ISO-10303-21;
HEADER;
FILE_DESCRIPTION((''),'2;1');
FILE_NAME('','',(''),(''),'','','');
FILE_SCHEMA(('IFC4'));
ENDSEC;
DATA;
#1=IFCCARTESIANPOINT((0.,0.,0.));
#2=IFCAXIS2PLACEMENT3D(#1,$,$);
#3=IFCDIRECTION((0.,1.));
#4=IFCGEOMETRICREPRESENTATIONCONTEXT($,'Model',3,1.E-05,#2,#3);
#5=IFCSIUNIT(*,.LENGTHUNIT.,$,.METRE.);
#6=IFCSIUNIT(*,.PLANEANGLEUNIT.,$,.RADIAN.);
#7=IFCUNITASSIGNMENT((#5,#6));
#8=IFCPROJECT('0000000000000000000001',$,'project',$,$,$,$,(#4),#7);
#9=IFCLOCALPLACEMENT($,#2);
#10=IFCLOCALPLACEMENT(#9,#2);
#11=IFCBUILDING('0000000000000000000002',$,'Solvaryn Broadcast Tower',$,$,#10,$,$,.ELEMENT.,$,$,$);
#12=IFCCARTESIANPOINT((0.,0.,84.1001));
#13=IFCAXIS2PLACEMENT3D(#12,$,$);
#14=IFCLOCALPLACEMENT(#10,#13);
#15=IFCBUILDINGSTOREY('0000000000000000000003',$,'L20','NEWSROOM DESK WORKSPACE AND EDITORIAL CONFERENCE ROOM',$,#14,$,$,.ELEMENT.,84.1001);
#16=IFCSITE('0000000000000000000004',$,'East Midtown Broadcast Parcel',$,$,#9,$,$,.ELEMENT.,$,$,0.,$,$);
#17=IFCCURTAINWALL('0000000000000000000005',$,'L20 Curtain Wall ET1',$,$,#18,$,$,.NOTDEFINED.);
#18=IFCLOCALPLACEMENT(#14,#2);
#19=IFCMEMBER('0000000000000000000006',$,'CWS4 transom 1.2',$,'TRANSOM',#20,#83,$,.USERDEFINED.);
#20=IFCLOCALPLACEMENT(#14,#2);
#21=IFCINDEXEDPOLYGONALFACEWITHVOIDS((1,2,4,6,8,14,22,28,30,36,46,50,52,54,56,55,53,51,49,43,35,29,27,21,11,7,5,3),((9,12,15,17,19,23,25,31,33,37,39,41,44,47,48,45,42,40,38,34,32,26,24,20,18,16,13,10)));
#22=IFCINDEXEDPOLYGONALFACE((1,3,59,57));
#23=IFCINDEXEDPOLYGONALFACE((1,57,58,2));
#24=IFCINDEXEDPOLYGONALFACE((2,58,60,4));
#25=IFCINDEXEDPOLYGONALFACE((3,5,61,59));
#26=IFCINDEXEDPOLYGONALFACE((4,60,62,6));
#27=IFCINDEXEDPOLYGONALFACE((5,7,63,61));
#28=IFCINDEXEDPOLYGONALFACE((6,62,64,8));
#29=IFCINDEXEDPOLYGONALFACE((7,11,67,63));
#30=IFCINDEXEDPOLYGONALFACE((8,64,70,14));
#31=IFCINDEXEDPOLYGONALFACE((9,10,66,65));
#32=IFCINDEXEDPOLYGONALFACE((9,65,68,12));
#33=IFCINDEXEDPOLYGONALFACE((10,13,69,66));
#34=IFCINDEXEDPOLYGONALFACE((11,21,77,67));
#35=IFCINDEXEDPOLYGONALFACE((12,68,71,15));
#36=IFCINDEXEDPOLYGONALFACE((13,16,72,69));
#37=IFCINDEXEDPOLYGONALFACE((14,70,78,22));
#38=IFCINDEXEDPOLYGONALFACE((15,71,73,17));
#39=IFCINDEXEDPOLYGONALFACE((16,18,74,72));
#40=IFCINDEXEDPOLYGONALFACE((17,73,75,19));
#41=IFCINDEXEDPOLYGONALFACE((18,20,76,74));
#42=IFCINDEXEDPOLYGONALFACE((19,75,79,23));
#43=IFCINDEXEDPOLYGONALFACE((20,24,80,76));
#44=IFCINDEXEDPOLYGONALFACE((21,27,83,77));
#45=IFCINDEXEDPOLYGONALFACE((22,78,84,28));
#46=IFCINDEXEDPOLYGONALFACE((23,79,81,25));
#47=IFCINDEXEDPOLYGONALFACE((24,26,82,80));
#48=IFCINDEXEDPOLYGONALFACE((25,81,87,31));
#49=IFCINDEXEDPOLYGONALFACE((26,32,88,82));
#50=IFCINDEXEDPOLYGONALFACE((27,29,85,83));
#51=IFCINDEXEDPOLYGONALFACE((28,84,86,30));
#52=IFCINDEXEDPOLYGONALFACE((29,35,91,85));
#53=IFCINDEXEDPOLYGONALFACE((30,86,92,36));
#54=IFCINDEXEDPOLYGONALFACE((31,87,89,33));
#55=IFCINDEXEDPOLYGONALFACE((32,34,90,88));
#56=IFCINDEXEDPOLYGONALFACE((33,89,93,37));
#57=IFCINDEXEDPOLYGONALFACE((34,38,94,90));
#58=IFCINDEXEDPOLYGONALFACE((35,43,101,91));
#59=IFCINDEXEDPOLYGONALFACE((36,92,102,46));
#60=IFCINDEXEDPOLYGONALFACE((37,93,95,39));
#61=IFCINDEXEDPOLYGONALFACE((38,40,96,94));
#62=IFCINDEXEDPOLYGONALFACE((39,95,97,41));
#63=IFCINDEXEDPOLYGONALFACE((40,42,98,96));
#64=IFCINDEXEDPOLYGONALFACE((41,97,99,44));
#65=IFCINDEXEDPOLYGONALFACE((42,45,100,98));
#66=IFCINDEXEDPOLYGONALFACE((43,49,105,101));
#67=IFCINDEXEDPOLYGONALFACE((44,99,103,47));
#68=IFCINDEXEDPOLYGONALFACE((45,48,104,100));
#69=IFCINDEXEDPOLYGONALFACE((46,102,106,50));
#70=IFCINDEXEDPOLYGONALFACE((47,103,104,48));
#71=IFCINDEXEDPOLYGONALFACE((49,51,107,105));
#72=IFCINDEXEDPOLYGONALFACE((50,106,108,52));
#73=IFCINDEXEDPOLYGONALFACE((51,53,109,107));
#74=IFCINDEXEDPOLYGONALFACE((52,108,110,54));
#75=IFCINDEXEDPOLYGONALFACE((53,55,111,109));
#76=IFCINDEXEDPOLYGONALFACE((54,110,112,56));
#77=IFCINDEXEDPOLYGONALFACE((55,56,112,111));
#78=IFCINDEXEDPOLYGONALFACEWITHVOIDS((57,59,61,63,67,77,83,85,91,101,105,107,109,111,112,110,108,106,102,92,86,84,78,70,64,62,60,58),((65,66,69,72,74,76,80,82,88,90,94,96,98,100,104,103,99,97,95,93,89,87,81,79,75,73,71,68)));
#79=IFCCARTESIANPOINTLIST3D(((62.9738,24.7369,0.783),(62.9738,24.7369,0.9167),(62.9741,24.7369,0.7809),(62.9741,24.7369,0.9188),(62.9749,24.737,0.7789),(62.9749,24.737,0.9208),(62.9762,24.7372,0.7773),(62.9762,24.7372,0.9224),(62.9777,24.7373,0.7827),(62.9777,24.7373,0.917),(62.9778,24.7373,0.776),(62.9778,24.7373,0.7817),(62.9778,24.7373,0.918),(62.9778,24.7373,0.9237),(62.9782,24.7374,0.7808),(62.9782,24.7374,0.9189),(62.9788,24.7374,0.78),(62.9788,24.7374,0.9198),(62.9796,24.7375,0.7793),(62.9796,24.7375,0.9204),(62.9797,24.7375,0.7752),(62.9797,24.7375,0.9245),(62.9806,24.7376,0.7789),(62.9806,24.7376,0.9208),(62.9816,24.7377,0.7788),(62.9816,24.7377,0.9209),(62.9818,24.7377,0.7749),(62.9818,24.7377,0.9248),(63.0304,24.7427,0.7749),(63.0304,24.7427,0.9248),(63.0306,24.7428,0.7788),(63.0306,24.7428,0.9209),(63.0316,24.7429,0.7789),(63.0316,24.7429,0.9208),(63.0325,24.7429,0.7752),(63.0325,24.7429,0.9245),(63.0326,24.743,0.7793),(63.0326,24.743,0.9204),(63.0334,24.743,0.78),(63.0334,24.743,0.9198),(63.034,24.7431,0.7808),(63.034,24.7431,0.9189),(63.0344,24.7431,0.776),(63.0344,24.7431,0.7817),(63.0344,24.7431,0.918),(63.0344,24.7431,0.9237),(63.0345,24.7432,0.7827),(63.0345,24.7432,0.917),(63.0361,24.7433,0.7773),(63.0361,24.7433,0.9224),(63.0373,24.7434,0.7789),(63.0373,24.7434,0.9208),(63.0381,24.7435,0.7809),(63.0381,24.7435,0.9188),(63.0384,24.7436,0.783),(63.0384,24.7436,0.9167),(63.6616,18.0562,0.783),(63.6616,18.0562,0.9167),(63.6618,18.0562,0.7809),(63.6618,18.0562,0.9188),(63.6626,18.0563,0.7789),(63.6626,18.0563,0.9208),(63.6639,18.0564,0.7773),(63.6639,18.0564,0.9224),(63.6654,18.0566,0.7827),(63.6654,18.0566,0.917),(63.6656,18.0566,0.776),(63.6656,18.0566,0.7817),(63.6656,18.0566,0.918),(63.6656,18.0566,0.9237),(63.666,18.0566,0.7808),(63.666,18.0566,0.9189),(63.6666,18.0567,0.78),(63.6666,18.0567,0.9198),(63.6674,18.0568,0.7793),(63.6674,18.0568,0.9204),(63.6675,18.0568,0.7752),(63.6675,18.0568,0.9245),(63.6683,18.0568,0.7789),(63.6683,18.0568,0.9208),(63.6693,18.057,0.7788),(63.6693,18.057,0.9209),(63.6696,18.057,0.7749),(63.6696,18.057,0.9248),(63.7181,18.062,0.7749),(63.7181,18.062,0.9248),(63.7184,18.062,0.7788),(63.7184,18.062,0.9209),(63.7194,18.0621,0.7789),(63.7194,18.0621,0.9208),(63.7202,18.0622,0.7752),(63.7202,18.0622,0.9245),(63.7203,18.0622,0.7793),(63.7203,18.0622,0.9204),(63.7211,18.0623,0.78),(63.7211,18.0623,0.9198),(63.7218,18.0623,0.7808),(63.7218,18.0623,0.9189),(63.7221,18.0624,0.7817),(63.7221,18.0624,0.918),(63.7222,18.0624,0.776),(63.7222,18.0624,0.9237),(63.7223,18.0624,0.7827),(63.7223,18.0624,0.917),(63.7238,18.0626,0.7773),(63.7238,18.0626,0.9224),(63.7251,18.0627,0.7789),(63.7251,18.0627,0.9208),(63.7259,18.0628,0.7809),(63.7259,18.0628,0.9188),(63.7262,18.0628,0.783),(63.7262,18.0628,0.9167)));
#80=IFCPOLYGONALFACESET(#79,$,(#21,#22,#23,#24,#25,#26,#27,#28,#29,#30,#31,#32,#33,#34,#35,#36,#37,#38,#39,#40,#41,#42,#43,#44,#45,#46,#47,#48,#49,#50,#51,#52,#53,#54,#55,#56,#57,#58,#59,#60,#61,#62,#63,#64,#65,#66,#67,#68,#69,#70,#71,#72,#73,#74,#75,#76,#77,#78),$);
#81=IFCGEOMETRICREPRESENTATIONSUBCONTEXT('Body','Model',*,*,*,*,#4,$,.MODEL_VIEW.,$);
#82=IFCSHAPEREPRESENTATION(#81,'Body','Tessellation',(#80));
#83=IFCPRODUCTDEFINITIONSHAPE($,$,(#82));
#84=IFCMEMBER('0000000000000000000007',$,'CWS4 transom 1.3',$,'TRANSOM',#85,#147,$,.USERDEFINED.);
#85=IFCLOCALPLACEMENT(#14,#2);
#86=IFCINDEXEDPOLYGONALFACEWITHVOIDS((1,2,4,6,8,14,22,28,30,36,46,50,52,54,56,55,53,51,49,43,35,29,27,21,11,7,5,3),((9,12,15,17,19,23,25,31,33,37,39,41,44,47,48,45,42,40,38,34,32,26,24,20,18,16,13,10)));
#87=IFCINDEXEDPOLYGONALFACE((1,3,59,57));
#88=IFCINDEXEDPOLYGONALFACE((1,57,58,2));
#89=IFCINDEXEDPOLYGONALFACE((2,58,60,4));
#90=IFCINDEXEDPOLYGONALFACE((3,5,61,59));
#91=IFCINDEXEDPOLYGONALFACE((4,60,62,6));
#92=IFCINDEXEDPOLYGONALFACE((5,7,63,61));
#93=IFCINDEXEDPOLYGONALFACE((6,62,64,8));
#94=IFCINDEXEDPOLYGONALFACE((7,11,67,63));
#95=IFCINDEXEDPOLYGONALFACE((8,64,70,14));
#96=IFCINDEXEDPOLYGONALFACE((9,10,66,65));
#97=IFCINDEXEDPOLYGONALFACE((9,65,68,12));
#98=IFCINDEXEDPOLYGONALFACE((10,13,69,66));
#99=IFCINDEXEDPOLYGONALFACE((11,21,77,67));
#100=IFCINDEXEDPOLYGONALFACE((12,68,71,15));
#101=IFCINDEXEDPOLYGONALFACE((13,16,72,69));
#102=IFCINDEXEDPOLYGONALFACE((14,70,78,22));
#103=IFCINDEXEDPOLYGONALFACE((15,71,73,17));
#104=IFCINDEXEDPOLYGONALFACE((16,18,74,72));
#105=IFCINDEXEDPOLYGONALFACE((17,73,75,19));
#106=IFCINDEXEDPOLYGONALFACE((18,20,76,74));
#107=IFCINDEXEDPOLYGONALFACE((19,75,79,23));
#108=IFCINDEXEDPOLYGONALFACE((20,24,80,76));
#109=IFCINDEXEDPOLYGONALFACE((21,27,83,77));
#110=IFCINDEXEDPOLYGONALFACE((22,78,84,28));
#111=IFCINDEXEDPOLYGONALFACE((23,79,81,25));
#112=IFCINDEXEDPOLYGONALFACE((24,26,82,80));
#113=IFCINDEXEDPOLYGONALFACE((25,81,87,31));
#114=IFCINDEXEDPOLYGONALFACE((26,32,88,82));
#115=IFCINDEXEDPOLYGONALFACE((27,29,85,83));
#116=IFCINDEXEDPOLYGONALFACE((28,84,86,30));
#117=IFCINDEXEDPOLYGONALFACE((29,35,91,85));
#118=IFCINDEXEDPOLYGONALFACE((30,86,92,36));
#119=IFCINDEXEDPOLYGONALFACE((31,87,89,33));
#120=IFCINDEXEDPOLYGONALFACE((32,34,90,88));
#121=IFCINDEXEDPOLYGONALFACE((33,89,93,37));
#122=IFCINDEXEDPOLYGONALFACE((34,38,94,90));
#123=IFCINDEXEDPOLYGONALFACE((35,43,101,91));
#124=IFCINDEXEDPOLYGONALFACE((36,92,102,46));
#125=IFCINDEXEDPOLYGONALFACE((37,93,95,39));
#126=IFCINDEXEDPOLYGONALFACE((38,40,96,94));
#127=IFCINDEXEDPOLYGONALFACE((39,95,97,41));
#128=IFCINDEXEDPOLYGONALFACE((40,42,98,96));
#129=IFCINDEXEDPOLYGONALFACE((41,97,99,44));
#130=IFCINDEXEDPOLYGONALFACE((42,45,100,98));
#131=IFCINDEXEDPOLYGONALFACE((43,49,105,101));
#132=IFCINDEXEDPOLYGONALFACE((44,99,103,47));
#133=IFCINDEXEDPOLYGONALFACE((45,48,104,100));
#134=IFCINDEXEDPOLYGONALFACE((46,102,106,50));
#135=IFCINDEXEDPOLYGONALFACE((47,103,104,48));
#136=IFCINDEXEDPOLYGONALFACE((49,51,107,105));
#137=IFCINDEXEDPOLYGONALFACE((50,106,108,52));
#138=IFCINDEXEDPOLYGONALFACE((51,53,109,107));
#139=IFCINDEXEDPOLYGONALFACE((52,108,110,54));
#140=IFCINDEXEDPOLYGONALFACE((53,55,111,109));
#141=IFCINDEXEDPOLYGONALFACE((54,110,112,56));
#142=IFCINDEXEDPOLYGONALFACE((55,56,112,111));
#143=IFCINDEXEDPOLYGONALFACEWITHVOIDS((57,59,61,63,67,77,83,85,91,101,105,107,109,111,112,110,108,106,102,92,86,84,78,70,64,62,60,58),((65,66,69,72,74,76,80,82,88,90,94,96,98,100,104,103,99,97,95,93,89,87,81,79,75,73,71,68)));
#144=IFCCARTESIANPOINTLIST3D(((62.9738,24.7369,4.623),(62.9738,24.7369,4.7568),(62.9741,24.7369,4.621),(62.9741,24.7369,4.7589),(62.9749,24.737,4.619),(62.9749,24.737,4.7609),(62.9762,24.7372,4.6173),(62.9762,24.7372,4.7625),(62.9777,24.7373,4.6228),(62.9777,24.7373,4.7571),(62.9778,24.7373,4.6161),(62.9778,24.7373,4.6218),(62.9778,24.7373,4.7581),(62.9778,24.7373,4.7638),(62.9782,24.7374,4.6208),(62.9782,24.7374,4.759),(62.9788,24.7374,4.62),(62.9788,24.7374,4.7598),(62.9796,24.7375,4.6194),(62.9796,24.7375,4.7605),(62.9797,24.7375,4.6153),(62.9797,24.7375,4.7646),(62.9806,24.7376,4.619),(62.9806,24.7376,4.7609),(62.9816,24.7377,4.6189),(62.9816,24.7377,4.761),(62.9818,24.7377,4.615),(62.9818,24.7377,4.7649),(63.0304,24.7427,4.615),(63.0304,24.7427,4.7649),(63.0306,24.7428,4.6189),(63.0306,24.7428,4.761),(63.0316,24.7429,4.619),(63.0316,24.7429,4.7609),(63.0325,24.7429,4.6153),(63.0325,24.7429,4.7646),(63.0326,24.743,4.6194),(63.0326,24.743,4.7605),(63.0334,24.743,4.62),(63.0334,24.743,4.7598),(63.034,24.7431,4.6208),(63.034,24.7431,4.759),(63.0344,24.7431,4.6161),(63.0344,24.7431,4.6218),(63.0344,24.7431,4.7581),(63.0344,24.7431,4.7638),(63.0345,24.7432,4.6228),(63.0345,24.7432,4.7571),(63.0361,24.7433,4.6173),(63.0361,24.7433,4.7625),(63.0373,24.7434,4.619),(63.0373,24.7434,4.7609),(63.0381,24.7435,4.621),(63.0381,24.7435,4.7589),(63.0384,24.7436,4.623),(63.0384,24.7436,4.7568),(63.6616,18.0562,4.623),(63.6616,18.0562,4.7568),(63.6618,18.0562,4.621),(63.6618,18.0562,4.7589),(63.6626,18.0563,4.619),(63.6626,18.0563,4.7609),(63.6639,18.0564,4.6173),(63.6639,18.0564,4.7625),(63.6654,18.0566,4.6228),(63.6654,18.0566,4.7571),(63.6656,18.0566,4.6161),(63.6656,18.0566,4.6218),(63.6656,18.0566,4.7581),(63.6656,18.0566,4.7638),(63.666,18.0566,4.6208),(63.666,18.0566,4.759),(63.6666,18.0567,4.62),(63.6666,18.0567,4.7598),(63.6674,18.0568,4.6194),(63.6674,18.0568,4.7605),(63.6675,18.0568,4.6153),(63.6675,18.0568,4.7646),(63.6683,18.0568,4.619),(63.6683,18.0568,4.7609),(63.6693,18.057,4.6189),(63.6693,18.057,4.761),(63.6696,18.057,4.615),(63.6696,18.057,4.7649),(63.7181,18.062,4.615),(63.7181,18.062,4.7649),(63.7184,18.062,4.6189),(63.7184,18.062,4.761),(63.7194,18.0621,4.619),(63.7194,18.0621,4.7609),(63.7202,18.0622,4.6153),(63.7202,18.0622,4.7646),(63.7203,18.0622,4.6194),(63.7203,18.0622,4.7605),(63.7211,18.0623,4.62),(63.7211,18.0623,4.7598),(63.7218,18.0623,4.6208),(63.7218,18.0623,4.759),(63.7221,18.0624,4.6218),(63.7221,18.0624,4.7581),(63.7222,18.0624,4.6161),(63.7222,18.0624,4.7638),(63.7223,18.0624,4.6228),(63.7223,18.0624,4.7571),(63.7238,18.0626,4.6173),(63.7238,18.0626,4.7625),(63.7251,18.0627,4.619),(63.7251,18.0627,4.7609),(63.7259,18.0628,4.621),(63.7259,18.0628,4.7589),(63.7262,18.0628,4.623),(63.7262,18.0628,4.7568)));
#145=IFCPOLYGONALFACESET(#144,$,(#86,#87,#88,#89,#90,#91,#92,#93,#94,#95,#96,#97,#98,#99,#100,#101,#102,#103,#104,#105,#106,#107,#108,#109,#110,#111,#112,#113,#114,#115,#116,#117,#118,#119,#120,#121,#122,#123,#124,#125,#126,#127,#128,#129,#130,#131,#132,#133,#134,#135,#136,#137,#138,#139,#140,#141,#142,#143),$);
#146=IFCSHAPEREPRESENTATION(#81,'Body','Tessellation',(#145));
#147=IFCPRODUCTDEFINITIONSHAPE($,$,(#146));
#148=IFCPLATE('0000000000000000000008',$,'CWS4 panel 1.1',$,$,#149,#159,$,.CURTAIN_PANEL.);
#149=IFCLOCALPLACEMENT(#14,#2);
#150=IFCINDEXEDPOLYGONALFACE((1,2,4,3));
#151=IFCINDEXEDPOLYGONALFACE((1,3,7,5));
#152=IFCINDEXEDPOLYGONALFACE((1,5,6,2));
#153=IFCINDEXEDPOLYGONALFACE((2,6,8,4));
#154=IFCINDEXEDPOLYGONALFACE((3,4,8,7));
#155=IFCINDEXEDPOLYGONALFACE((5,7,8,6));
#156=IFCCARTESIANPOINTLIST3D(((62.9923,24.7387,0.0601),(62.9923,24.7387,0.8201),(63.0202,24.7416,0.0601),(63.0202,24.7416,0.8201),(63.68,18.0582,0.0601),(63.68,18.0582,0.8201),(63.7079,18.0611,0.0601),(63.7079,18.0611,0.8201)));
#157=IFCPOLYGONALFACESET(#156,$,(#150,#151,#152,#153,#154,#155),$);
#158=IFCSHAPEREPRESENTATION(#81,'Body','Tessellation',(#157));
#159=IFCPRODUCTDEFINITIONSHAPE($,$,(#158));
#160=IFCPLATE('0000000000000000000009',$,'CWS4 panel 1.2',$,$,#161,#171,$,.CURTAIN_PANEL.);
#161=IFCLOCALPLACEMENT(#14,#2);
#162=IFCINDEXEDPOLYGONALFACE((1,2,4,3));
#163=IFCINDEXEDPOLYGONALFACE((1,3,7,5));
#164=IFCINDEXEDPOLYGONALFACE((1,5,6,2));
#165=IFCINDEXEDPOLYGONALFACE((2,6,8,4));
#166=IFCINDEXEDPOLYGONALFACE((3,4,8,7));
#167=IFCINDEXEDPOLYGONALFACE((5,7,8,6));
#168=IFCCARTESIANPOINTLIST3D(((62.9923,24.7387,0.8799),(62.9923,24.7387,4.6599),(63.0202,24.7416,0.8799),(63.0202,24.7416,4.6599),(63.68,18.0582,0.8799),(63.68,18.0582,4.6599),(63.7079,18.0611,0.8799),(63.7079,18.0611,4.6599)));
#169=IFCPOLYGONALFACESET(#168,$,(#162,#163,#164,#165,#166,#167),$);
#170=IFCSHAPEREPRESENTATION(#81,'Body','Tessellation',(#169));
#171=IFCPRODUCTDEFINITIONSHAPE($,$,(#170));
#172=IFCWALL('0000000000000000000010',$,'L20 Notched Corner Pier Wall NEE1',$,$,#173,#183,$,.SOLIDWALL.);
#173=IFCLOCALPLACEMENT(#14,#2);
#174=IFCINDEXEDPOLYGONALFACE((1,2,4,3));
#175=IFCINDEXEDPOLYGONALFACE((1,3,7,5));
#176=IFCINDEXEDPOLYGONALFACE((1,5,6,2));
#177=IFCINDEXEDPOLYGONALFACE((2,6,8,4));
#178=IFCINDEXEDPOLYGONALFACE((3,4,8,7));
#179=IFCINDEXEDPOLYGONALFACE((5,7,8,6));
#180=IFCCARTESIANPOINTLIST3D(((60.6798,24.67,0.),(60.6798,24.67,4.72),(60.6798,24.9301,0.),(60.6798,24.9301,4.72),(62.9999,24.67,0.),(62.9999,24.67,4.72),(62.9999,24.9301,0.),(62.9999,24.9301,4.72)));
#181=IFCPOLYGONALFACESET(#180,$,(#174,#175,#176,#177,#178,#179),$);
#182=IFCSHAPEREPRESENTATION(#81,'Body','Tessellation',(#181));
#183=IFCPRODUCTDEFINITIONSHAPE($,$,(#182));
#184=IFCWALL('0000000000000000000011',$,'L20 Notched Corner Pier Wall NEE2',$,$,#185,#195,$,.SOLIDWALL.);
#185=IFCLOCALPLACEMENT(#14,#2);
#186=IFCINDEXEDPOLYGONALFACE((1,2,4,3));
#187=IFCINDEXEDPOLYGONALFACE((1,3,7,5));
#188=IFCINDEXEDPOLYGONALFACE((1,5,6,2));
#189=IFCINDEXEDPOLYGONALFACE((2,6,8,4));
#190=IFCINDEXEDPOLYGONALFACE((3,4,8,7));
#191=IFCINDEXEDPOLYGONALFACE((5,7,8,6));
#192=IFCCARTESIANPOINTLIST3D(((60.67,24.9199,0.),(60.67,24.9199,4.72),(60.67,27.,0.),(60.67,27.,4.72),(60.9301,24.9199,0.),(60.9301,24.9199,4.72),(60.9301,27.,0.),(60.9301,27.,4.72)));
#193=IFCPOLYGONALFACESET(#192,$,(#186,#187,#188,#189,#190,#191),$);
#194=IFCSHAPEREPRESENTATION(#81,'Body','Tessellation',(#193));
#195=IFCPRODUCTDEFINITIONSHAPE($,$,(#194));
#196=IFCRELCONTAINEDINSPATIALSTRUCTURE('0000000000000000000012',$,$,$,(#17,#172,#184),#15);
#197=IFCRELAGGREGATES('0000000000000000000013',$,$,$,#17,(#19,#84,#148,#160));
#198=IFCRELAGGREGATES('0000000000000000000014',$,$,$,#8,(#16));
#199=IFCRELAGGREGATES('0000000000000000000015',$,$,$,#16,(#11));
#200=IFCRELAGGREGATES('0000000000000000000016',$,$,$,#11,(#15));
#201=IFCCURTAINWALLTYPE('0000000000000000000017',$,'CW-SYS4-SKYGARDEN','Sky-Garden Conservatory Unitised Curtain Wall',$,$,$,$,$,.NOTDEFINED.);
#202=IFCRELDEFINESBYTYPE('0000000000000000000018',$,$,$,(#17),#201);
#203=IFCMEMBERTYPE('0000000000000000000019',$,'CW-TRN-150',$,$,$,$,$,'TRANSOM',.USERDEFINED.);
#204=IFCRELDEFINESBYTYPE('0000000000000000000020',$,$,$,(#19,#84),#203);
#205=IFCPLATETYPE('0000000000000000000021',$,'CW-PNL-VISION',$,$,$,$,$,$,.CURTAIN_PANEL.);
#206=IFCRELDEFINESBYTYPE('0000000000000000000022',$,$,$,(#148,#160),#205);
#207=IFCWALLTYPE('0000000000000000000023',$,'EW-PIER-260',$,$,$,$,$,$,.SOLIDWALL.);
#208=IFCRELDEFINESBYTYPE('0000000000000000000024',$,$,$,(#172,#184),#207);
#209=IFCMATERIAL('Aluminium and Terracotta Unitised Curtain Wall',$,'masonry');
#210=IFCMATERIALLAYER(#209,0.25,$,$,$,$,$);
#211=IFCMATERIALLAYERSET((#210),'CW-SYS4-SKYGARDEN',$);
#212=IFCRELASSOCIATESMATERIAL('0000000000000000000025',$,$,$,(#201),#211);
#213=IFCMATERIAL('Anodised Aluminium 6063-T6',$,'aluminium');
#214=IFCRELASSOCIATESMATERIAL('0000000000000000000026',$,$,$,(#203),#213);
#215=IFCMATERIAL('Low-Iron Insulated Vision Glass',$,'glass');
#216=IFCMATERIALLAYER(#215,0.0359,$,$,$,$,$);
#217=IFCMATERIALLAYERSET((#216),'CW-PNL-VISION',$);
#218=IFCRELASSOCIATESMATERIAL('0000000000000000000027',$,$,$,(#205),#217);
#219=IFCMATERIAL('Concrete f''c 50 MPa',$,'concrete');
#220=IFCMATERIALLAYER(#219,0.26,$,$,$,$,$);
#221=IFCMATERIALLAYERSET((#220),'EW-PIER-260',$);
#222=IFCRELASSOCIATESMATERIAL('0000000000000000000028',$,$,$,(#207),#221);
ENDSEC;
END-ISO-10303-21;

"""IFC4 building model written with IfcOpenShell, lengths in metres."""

from ifc_helpers import new_model, si_unit, direction, frame, frame_2d, origin, origin_2d, place, context, subcontext, project, spatial, rectangle, hollow_rectangle, extrude, material, layer, layer_set, material_profile, profile_set, type_object, element, aggregate, save


model = new_model("IFC4")

# Units and contexts
model_context = context("Model", 3, precision=1e-05, world=origin(), true_north=direction((0.0, 1.0)))
body_context = subcontext(model_context, "Body", "Model", "MODEL_VIEW")
ifc_project = project(units=[si_unit("LENGTHUNIT", "METRE"), si_unit("PLANEANGLEUNIT", "RADIAN")], contexts=[model_context])

# Site, building, storey
site_placement = place(None, origin())
site = spatial("IfcSite", under=ifc_project, at=site_placement, Name="East Midtown Broadcast Parcel", CompositionType="ELEMENT", RefElevation=0.0)
building_placement = place(site_placement, origin())
building = spatial("IfcBuilding", under=site, at=building_placement, Name="Solvaryn Broadcast Tower", CompositionType="ELEMENT")
storey_placement = place(building_placement, frame((0.0, 0.0, 84.1001)))
storey = spatial("IfcBuildingStorey", under=building, at=storey_placement, Name="L20", Description="NEWSROOM DESK WORKSPACE AND EDITORIAL CONFERENCE ROOM", CompositionType="ELEMENT", Elevation=84.1001)

# Curtain wall, members, plates
ifc_material_1 = material(Name="Aluminium and Terracotta Unitised Curtain Wall", Category="masonry")
ifc_layer_1 = layer(ifc_material_1, 0.25)
ifc_layer_set_1 = layer_set([ifc_layer_1], Name="CW-SYS4-SKYGARDEN")
curtain_wall_type = type_object("IfcCurtainWallType", Name="CW-SYS4-SKYGARDEN", Description="Sky-Garden Conservatory Unitised Curtain Wall", PredefinedType="NOTDEFINED", material=ifc_layer_set_1)
curtain_wall_placement = place(storey_placement, origin())
curtain_wall = element("IfcCurtainWall", 1, at=curtain_wall_placement, inside=storey, type_object=curtain_wall_type, Name="L20 Curtain Wall ET1", PredefinedType="NOTDEFINED")
ifc_material_2 = material(Name="Anodised Aluminium 6063-T6", Category="aluminium")
ifc_material_profile_1 = material_profile(ifc_material_2, hollow_rectangle(XDim=0.0649, YDim=0.1499, WallThickness=0.0039, InnerFilletRadius=0.0039, OuterFilletRadius=0.0081, at=origin_2d()))
ifc_profile_set_1 = profile_set([ifc_material_profile_1], Name="Anodised Aluminium 6063-T6")
member_type_1 = type_object("IfcMemberType", Name="CW-TRN-150", ElementType="TRANSOM", PredefinedType="USERDEFINED", material=ifc_profile_set_1)
member_1_placement = place(storey_placement, frame((63.0061, 24.7402, 0.8499), z_axis=(0.102404, -0.994743, 0.0), x_axis=(0.994743, 0.102404, 0.0)))
member_1 = element("IfcMember", 2, at=member_1_placement, type_object=member_type_1, Name="CWS4 transom 1.2", ObjectType="TRANSOM", PredefinedType="USERDEFINED", context=body_context, shape_type="SweptSolid", body=[
    extrude(hollow_rectangle(XDim=0.0649, YDim=0.1499, WallThickness=0.0039, InnerFilletRadius=0.0039, OuterFilletRadius=0.0081, at=origin_2d()), origin(), (0.0, 0.0, 1.0), 6.7161),
])
member_2_placement = place(storey_placement, frame((63.0061, 24.7402, 4.6899), z_axis=(0.102404, -0.994743, 0.0), x_axis=(0.994743, 0.102404, 0.0)))
member_2 = element("IfcMember", 3, at=member_2_placement, type_object=member_type_1, Name="CWS4 transom 1.3", ObjectType="TRANSOM", PredefinedType="USERDEFINED", context=body_context, shape_type="SweptSolid", body=[
    extrude(hollow_rectangle(XDim=0.0649, YDim=0.1499, WallThickness=0.0039, InnerFilletRadius=0.0039, OuterFilletRadius=0.0081, at=origin_2d()), origin(), (0.0, 0.0, 1.0), 6.7161),
])
ifc_material_3 = material(Name="Low-Iron Insulated Vision Glass", Category="glass")
ifc_layer_2 = layer(ifc_material_3, 0.0359)
ifc_layer_set_2 = layer_set([ifc_layer_2], Name="CW-PNL-VISION")
plate_type = type_object("IfcPlateType", Name="CW-PNL-VISION", PredefinedType="CURTAIN_PANEL", material=ifc_layer_set_2)
plate_1_placement = place(storey_placement, frame((63.3501, 21.3999, 0.0601), z_axis=(0.0, 0.0, 1.0), x_axis=(0.1024, -0.994743, 0.0)))
plate_1 = element("IfcPlate", 4, at=plate_1_placement, type_object=plate_type, Name="CWS4 panel 1.1", PredefinedType="CURTAIN_PANEL", context=body_context, shape_type="SweptSolid", body=[
    extrude(rectangle(XDim=6.7158, YDim=0.0281, at=origin_2d()), origin(), (0.0, 0.0, 1.0), 0.76),
])
plate_2_placement = place(storey_placement, frame((63.3501, 21.3999, 0.8799), z_axis=(0.0, 0.0, 1.0), x_axis=(0.1024, -0.994743, 0.0)))
plate_2 = element("IfcPlate", 5, at=plate_2_placement, type_object=plate_type, Name="CWS4 panel 1.2", PredefinedType="CURTAIN_PANEL", context=body_context, shape_type="SweptSolid", body=[
    extrude(rectangle(XDim=6.7158, YDim=0.0281, at=origin_2d()), origin(), (0.0, 0.0, 1.0), 3.78),
])
aggregate(curtain_wall, [member_1, member_2, plate_1, plate_2])

# Walls
ifc_material_4 = material(Name="Concrete f'c 50 MPa", Category="concrete")
ifc_layer_3 = layer(ifc_material_4, 0.26)
ifc_layer_set_3 = layer_set([ifc_layer_3], Name="EW-PIER-260")
wall_type = type_object("IfcWallType", Name="EW-PIER-260", PredefinedType="SOLIDWALL", material=ifc_layer_set_3)
wall_1_placement = place(storey_placement, frame((63.0, 24.8, 0.0), z_axis=(0.0, 0.0, 1.0), x_axis=(-1.0, 0.0, 0.0)))
element("IfcWall", 6, at=wall_1_placement, inside=storey, type_object=wall_type, Name="L20 Notched Corner Pier Wall NEE1", PredefinedType="SOLIDWALL", context=body_context, shape_type="SweptSolid", body=[
    extrude(rectangle(XDim=2.3201, YDim=0.26, at=frame_2d((1.1602, 0.0))), origin(), (0.0, 0.0, 1.0), 4.72),
])
wall_2_placement = place(storey_placement, frame((60.8, 24.9199, 0.0), z_axis=(0.0, 0.0, 1.0), x_axis=(0.0, 1.0, 0.0)))
element("IfcWall", 7, at=wall_2_placement, inside=storey, type_object=wall_type, Name="L20 Notched Corner Pier Wall NEE2", PredefinedType="SOLIDWALL", context=body_context, shape_type="SweptSolid", body=[
    extrude(rectangle(XDim=2.0801, YDim=0.26, at=frame_2d((1.04, 0.0))), origin(), (0.0, 0.0, 1.0), 4.72),
])

save(model, "model.ifc")
